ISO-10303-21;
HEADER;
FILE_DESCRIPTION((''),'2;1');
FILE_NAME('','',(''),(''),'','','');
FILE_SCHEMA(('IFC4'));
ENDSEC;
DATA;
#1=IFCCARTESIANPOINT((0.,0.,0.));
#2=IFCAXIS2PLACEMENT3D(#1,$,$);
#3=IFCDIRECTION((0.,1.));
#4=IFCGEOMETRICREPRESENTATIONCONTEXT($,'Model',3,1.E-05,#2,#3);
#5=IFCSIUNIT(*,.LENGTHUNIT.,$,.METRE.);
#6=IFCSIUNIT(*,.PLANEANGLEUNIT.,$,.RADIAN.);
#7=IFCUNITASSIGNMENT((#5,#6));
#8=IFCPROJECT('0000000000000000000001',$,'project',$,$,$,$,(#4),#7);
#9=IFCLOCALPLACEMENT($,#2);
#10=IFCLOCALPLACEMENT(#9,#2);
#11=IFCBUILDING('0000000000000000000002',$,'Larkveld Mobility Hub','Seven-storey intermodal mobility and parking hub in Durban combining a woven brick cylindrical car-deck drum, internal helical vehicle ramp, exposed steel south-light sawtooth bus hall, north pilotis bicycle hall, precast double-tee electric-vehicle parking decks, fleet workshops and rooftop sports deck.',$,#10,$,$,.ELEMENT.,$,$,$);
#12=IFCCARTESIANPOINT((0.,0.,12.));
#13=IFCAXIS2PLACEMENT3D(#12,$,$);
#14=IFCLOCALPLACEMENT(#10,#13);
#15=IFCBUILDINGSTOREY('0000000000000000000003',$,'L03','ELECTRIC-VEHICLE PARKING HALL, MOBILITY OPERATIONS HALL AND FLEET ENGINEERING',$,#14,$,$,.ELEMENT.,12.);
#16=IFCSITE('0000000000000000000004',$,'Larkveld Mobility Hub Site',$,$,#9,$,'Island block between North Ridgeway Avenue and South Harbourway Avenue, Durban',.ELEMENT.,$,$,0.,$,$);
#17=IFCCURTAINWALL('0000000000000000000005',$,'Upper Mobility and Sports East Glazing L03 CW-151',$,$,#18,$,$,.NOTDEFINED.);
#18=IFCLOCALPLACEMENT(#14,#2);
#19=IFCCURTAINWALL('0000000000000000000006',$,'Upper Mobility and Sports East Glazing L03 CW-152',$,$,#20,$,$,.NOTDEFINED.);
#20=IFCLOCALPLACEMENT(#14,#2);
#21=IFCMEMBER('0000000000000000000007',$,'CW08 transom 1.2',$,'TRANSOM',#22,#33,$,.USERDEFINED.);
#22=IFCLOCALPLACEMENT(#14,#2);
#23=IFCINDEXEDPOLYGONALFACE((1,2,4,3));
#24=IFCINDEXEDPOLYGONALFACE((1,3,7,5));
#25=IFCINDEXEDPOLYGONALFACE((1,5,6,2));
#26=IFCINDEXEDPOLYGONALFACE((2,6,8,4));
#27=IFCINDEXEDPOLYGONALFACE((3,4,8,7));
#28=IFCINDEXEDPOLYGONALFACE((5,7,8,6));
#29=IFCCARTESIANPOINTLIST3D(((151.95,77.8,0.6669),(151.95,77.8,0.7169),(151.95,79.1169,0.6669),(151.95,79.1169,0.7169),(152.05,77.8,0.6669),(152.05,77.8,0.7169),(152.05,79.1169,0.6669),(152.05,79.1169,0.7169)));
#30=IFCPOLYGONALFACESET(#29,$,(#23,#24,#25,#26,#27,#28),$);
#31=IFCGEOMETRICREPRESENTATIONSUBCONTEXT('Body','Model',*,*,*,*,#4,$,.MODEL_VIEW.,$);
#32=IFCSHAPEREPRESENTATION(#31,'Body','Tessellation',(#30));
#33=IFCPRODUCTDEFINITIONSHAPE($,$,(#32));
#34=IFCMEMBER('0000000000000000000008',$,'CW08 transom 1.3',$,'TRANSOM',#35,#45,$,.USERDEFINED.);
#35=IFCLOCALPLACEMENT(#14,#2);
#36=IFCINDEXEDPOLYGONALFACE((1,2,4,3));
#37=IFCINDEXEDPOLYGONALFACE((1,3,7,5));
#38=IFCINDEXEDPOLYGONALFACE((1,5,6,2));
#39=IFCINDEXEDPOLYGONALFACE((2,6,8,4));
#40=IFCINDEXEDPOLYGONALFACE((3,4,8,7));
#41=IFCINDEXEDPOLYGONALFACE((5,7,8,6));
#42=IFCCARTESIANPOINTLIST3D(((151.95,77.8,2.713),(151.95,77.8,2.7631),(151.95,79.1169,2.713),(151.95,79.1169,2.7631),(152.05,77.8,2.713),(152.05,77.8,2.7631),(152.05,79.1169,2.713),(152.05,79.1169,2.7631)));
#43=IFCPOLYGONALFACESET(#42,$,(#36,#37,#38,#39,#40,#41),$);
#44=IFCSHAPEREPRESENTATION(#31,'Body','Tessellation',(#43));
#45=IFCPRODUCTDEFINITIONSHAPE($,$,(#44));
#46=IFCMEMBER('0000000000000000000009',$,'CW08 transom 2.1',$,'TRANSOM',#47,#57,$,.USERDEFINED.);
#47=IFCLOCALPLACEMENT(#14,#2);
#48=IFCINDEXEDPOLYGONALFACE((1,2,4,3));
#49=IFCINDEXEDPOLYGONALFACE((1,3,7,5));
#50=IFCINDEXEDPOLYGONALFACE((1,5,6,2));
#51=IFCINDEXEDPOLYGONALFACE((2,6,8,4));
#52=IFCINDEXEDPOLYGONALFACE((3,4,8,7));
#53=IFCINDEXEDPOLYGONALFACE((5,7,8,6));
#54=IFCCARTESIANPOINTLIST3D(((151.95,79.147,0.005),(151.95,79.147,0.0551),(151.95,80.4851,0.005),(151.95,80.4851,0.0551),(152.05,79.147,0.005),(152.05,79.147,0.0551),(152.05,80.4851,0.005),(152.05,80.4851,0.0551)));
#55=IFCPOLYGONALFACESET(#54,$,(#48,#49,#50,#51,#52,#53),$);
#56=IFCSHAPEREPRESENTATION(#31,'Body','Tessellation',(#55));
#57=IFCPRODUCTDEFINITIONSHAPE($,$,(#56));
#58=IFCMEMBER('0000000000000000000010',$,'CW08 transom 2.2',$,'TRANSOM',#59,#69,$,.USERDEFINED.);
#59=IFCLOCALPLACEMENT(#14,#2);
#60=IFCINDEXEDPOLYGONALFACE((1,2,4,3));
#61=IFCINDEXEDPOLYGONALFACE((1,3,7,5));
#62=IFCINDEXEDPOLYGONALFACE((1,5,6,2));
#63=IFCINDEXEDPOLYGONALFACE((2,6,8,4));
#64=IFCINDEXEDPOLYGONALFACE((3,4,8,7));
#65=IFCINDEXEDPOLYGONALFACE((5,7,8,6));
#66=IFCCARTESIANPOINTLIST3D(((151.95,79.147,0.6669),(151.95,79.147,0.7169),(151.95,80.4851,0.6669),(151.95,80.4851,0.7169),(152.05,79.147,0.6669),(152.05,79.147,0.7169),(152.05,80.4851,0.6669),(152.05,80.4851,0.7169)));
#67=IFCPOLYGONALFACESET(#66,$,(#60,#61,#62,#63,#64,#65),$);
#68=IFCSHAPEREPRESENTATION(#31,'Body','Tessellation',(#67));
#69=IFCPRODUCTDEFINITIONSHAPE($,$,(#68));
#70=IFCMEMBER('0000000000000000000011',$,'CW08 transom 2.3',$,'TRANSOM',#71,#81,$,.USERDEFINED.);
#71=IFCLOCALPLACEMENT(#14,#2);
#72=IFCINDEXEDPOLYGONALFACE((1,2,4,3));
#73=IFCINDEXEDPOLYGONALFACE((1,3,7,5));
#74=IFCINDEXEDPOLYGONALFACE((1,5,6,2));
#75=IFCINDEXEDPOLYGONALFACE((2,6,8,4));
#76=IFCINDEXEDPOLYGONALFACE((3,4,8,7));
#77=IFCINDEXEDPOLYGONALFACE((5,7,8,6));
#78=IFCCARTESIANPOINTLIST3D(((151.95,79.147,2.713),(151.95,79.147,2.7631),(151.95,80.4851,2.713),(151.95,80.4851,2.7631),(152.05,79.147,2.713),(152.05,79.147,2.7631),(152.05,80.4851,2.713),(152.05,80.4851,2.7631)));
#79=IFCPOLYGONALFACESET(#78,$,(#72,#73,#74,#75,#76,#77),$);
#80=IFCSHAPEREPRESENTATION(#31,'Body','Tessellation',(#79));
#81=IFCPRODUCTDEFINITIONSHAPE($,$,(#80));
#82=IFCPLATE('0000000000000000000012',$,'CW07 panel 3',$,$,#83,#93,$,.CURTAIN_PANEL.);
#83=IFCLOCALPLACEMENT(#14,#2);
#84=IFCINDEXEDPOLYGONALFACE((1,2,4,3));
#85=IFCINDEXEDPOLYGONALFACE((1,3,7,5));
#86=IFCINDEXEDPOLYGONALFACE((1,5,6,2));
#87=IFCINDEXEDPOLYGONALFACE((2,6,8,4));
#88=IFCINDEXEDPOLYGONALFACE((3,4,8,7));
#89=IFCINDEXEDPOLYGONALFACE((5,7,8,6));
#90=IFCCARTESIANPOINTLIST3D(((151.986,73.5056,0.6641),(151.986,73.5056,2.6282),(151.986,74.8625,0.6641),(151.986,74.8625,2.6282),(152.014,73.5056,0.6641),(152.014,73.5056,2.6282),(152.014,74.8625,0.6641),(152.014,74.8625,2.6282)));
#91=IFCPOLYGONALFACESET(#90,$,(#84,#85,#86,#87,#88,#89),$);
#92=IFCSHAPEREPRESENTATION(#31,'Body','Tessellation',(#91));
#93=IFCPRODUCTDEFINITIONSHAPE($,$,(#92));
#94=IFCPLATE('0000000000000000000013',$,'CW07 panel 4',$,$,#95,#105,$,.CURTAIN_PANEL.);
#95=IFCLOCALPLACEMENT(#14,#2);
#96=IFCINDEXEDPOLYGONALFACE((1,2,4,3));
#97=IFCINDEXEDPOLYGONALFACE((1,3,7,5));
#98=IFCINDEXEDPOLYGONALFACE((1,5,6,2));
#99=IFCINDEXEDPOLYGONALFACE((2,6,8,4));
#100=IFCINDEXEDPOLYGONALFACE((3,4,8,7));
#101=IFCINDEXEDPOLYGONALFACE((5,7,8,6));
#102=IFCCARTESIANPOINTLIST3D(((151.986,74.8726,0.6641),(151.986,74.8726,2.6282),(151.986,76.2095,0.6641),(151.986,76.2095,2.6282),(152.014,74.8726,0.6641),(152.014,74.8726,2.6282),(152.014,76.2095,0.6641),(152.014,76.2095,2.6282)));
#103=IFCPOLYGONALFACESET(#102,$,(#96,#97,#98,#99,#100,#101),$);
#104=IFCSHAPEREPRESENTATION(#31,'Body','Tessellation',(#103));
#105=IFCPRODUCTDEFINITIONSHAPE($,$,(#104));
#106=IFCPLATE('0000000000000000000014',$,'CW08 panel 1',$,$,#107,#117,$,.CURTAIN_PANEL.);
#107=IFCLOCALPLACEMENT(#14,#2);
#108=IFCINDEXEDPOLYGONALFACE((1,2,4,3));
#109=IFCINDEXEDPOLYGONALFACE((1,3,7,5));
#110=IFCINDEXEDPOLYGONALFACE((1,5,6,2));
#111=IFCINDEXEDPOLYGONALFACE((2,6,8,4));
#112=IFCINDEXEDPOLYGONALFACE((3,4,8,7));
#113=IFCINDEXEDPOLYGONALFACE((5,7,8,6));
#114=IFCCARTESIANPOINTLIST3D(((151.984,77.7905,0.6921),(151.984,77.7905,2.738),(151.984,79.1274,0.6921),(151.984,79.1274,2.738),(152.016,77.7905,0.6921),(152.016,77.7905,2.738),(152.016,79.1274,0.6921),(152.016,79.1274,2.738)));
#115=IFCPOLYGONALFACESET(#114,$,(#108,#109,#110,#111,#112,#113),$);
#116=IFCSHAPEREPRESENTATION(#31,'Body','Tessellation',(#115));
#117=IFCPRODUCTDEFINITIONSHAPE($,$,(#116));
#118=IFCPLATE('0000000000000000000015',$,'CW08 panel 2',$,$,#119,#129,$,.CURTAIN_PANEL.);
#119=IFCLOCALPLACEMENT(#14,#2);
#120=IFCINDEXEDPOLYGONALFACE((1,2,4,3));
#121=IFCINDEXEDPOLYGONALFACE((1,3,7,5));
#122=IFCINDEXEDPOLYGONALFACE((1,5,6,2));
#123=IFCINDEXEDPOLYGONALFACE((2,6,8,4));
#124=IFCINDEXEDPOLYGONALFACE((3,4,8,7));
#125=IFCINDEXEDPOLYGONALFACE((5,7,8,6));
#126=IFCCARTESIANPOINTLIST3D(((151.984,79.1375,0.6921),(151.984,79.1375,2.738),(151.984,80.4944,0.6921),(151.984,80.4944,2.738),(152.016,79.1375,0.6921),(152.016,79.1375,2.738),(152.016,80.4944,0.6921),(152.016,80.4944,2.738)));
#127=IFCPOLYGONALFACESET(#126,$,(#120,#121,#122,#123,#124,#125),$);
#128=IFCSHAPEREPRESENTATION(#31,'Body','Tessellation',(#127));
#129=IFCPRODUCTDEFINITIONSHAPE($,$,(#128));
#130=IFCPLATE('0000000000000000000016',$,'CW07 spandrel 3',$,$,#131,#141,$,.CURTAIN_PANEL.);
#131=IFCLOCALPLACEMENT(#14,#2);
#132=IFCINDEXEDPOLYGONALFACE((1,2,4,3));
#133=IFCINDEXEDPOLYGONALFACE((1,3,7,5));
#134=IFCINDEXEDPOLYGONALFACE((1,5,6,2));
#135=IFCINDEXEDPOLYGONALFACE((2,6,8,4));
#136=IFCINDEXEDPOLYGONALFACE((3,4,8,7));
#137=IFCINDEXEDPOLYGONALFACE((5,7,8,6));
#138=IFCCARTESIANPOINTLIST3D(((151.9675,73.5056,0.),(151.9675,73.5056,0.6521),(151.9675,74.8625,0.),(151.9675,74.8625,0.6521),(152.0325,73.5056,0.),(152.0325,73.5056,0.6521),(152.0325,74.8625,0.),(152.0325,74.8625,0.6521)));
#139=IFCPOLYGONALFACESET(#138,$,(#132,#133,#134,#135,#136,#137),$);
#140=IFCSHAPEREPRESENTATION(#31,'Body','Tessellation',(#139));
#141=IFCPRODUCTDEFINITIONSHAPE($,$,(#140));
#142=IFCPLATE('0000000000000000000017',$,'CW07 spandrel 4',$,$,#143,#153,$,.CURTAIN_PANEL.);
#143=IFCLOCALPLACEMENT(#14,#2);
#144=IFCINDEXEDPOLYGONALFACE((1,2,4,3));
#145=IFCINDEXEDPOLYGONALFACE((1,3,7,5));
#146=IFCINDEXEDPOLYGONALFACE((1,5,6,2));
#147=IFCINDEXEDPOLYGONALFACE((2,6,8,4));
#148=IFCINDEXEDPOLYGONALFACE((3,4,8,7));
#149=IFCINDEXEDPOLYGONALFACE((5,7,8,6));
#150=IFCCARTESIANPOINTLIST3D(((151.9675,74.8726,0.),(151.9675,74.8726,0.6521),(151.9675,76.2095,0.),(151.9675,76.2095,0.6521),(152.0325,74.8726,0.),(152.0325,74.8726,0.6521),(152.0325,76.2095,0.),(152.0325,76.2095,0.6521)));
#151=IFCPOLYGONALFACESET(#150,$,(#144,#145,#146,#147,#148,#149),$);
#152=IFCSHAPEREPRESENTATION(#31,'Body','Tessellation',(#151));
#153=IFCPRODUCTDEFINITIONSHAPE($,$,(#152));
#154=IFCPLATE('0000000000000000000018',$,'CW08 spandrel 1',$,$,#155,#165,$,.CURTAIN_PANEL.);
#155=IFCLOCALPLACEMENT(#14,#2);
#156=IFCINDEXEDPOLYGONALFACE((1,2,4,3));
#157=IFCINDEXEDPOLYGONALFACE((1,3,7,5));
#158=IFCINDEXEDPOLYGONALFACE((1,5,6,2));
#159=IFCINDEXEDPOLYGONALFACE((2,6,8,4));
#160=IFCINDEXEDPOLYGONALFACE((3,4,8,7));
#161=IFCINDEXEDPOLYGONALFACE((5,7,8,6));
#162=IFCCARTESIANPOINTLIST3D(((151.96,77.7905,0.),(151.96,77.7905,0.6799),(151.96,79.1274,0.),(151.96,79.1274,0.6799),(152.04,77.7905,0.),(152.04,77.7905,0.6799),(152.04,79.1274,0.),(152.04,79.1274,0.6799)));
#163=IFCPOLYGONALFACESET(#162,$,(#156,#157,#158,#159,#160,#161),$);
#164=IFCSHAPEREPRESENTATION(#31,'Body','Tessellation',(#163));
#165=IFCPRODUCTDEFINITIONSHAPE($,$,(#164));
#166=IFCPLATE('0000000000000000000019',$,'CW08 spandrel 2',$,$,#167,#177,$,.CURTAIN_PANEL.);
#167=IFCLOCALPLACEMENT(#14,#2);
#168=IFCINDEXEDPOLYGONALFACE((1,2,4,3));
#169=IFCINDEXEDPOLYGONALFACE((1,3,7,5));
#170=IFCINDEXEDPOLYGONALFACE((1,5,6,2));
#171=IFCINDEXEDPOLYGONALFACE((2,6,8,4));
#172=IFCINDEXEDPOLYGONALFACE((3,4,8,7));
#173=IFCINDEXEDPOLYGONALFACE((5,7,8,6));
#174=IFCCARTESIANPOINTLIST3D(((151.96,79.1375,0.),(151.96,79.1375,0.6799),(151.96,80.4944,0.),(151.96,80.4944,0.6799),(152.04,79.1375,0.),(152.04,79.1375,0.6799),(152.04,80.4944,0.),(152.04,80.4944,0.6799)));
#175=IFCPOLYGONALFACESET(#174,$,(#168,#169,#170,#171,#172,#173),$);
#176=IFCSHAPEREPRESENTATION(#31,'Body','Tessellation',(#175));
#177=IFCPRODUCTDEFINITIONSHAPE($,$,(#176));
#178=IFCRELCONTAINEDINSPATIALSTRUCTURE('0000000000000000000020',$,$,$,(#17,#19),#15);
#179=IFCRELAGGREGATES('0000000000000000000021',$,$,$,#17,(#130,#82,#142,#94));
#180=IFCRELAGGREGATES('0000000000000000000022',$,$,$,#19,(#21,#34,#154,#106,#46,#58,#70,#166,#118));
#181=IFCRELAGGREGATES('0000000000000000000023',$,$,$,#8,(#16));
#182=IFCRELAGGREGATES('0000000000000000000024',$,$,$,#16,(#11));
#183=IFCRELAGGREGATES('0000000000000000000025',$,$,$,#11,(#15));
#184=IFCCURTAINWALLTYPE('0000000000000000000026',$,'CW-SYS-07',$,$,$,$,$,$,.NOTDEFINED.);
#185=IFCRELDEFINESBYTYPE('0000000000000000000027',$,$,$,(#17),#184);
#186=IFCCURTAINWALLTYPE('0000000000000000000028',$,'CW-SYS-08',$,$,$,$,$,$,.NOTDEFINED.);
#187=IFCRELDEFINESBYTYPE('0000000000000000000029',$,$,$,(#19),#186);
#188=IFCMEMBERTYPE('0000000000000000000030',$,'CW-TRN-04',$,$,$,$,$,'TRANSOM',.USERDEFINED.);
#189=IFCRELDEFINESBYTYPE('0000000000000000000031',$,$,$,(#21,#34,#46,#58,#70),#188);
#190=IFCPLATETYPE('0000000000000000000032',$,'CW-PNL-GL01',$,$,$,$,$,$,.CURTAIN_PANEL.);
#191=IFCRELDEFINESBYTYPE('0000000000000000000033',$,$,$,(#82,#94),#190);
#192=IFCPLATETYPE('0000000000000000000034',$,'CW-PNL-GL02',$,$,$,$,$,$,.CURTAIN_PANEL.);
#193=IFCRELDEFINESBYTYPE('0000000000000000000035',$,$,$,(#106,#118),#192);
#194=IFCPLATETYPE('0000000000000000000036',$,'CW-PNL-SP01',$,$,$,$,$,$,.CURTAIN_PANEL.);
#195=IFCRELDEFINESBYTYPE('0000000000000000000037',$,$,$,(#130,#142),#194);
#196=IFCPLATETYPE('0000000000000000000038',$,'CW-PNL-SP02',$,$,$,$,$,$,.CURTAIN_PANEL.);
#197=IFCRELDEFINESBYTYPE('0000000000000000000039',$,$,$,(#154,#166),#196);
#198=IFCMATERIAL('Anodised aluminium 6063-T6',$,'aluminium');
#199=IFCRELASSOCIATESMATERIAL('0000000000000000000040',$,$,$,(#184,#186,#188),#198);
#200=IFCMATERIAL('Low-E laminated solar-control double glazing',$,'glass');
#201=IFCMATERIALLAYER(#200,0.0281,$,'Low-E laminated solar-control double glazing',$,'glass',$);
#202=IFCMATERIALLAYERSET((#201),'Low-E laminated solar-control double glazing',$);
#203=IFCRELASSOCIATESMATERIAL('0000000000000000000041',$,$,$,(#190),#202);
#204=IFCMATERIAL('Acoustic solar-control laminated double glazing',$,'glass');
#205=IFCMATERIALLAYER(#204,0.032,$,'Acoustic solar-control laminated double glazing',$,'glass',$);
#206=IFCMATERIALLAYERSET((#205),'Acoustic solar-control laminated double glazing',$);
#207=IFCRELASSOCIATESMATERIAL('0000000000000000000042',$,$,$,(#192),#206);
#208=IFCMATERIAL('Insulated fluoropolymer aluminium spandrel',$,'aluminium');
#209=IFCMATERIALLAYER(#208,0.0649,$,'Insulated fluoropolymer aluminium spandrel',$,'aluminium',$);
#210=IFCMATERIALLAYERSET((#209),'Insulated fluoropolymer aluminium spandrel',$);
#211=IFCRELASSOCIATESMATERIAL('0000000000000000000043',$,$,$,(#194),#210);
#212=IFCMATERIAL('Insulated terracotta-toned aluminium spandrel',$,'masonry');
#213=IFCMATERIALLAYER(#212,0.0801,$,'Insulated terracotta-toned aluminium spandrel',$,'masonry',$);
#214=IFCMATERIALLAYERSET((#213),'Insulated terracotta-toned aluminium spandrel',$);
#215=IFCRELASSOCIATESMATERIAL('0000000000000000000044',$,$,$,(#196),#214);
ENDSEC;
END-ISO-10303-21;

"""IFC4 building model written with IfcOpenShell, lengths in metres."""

from ifc_helpers import new_model, si_unit, direction, frame, origin, origin_2d, place, context, subcontext, project, spatial, rectangle, extrude, material, layer, layer_set, material_profile, profile_set, type_object, element, aggregate, save


model = new_model("IFC4")

# Units and contexts
model_context = context("Model", 3, precision=1e-05, world=origin(), true_north=direction((0.0, 1.0)))
body_context = subcontext(model_context, "Body", "Model", "MODEL_VIEW")
ifc_project = project(units=[si_unit("LENGTHUNIT", "METRE"), si_unit("PLANEANGLEUNIT", "RADIAN")], contexts=[model_context])

# Site, building, storey
site_placement = place(None, origin())
site = spatial("IfcSite", under=ifc_project, at=site_placement, Name="Larkveld Mobility Hub Site", LongName="Island block between North Ridgeway Avenue and South Harbourway Avenue, Durban", CompositionType="ELEMENT", RefElevation=0.0)
building_placement = place(site_placement, origin())
building = spatial("IfcBuilding", under=site, at=building_placement, Name="Larkveld Mobility Hub", Description="Seven-storey intermodal mobility and parking hub in Durban combining a woven brick cylindrical car-deck drum, internal helical vehicle ramp, exposed steel south-light sawtooth bus hall, north pilotis bicycle hall, precast double-tee electric-vehicle parking decks, fleet workshops and rooftop sports deck.", CompositionType="ELEMENT")
storey_placement = place(building_placement, frame((0.0, 0.0, 12.0)))
storey = spatial("IfcBuildingStorey", under=building, at=storey_placement, Name="L03", Description="ELECTRIC-VEHICLE PARKING HALL, MOBILITY OPERATIONS HALL AND FLEET ENGINEERING", CompositionType="ELEMENT", Elevation=12.0)

# Curtain walls
ifc_material_1 = material(Name="Anodised aluminium 6063-T6", Category="aluminium")
curtain_wall_type_1 = type_object("IfcCurtainWallType", Name="CW-SYS-07", PredefinedType="NOTDEFINED", material=ifc_material_1)
curtain_wall_1_placement = place(storey_placement, origin())
curtain_wall_1 = element("IfcCurtainWall", 1, at=curtain_wall_1_placement, inside=storey, type_object=curtain_wall_type_1, Name="Upper Mobility and Sports East Glazing L03 CW-151", PredefinedType="NOTDEFINED")
curtain_wall_type_2 = type_object("IfcCurtainWallType", Name="CW-SYS-08", PredefinedType="NOTDEFINED", material=ifc_material_1)
curtain_wall_2_placement = place(storey_placement, origin())
curtain_wall_2 = element("IfcCurtainWall", 2, at=curtain_wall_2_placement, inside=storey, type_object=curtain_wall_type_2, Name="Upper Mobility and Sports East Glazing L03 CW-152", PredefinedType="NOTDEFINED")

# Members
ifc_material_profile_1 = material_profile(ifc_material_1, rectangle(XDim=0.1001, YDim=0.05, at=origin_2d()), Name="ALU TRAN 50x100")
ifc_profile_set_1 = profile_set([ifc_material_profile_1], Name="Anodised aluminium 6063-T6")
member_type_1 = type_object("IfcMemberType", Name="CW-TRN-04", ElementType="TRANSOM", PredefinedType="USERDEFINED", material=ifc_profile_set_1)
member_1_placement = place(storey_placement, frame((152.0, 77.8, 0.6919), z_axis=(0.0, 1.0, 0.0), x_axis=(-1.0, 0.0, 0.0)))
member_1 = element("IfcMember", 3, at=member_1_placement, type_object=member_type_1, Name="CW08 transom 1.2", ObjectType="TRANSOM", PredefinedType="USERDEFINED", context=body_context, shape_type="SweptSolid", body=[
    extrude(rectangle(XDim=0.1001, YDim=0.05, at=origin_2d()), origin(), (0.0, 0.0, 1.0), 1.3169),
])
member_2_placement = place(storey_placement, frame((152.0, 77.8, 2.738), z_axis=(0.0, 1.0, 0.0), x_axis=(-1.0, 0.0, 0.0)))
member_2 = element("IfcMember", 4, at=member_2_placement, type_object=member_type_1, Name="CW08 transom 1.3", ObjectType="TRANSOM", PredefinedType="USERDEFINED", context=body_context, shape_type="SweptSolid", body=[
    extrude(rectangle(XDim=0.1001, YDim=0.05, at=origin_2d()), origin(), (0.0, 0.0, 1.0), 1.3169),
])
member_3_placement = place(storey_placement, frame((152.0, 79.147, 0.03), z_axis=(0.0, 1.0, 0.0), x_axis=(-1.0, 0.0, 0.0)))
member_3 = element("IfcMember", 5, at=member_3_placement, type_object=member_type_1, Name="CW08 transom 2.1", ObjectType="TRANSOM", PredefinedType="USERDEFINED", context=body_context, shape_type="SweptSolid", body=[
    extrude(rectangle(XDim=0.1001, YDim=0.05, at=origin_2d()), origin(), (0.0, 0.0, 1.0), 1.3381),
])
member_4_placement = place(storey_placement, frame((152.0, 79.147, 0.6919), z_axis=(0.0, 1.0, 0.0), x_axis=(-1.0, 0.0, 0.0)))
member_4 = element("IfcMember", 6, at=member_4_placement, type_object=member_type_1, Name="CW08 transom 2.2", ObjectType="TRANSOM", PredefinedType="USERDEFINED", context=body_context, shape_type="SweptSolid", body=[
    extrude(rectangle(XDim=0.1001, YDim=0.05, at=origin_2d()), origin(), (0.0, 0.0, 1.0), 1.3381),
])
member_5_placement = place(storey_placement, frame((152.0, 79.147, 2.738), z_axis=(0.0, 1.0, 0.0), x_axis=(-1.0, 0.0, 0.0)))
member_5 = element("IfcMember", 7, at=member_5_placement, type_object=member_type_1, Name="CW08 transom 2.3", ObjectType="TRANSOM", PredefinedType="USERDEFINED", context=body_context, shape_type="SweptSolid", body=[
    extrude(rectangle(XDim=0.1001, YDim=0.05, at=origin_2d()), origin(), (0.0, 0.0, 1.0), 1.3381),
])

# Plates
ifc_material_2 = material(Name="Low-E laminated solar-control double glazing", Category="glass")
ifc_layer_1 = layer(ifc_material_2, 0.0281, Name="Low-E laminated solar-control double glazing", Category="glass")
ifc_layer_set_1 = layer_set([ifc_layer_1], Name="Low-E laminated solar-control double glazing")
plate_type_1 = type_object("IfcPlateType", Name="CW-PNL-GL01", PredefinedType="CURTAIN_PANEL", material=ifc_layer_set_1)
plate_1_placement = place(storey_placement, frame((152.0, 74.1841, 0.6641), z_axis=(0.0, 0.0, 1.0), x_axis=(0.0, 1.0, 0.0)))
plate_1 = element("IfcPlate", 8, at=plate_1_placement, type_object=plate_type_1, Name="CW07 panel 3", PredefinedType="CURTAIN_PANEL", context=body_context, shape_type="SweptSolid", body=[
    extrude(rectangle(XDim=1.3569, YDim=0.0281, at=origin_2d()), origin(), (0.0, 0.0, 1.0), 1.9641),
])
plate_2_placement = place(storey_placement, frame((152.0, 75.541, 0.6641), z_axis=(0.0, 0.0, 1.0), x_axis=(0.0, 1.0, 0.0)))
plate_2 = element("IfcPlate", 9, at=plate_2_placement, type_object=plate_type_1, Name="CW07 panel 4", PredefinedType="CURTAIN_PANEL", context=body_context, shape_type="SweptSolid", body=[
    extrude(rectangle(XDim=1.3369, YDim=0.0281, at=origin_2d()), origin(), (0.0, 0.0, 1.0), 1.9641),
])
ifc_material_3 = material(Name="Acoustic solar-control laminated double glazing", Category="glass")
ifc_layer_2 = layer(ifc_material_3, 0.032, Name="Acoustic solar-control laminated double glazing", Category="glass")
ifc_layer_set_2 = layer_set([ifc_layer_2], Name="Acoustic solar-control laminated double glazing")
plate_type_2 = type_object("IfcPlateType", Name="CW-PNL-GL02", PredefinedType="CURTAIN_PANEL", material=ifc_layer_set_2)
plate_3_placement = place(storey_placement, frame((152.0, 78.459, 0.6921), z_axis=(0.0, 0.0, 1.0), x_axis=(0.0, 1.0, 0.0)))
plate_3 = element("IfcPlate", 10, at=plate_3_placement, type_object=plate_type_2, Name="CW08 panel 1", PredefinedType="CURTAIN_PANEL", context=body_context, shape_type="SweptSolid", body=[
    extrude(rectangle(XDim=1.3369, YDim=0.032, at=origin_2d()), origin(), (0.0, 0.0, 1.0), 2.0459),
])
plate_4_placement = place(storey_placement, frame((152.0, 79.8159, 0.6921), z_axis=(0.0, 0.0, 1.0), x_axis=(0.0, 1.0, 0.0)))
plate_4 = element("IfcPlate", 11, at=plate_4_placement, type_object=plate_type_2, Name="CW08 panel 2", PredefinedType="CURTAIN_PANEL", context=body_context, shape_type="SweptSolid", body=[
    extrude(rectangle(XDim=1.3569, YDim=0.032, at=origin_2d()), origin(), (0.0, 0.0, 1.0), 2.0459),
])
ifc_material_4 = material(Name="Insulated fluoropolymer aluminium spandrel", Category="aluminium")
ifc_layer_3 = layer(ifc_material_4, 0.0649, Name="Insulated fluoropolymer aluminium spandrel", Category="aluminium")
ifc_layer_set_3 = layer_set([ifc_layer_3], Name="Insulated fluoropolymer aluminium spandrel")
plate_type_3 = type_object("IfcPlateType", Name="CW-PNL-SP01", PredefinedType="CURTAIN_PANEL", material=ifc_layer_set_3)
plate_5_placement = place(storey_placement, frame((152.0, 74.1841, 0.0), z_axis=(0.0, 0.0, 1.0), x_axis=(0.0, 1.0, 0.0)))
plate_5 = element("IfcPlate", 12, at=plate_5_placement, type_object=plate_type_3, Name="CW07 spandrel 3", PredefinedType="CURTAIN_PANEL", context=body_context, shape_type="SweptSolid", body=[
    extrude(rectangle(XDim=1.3569, YDim=0.0649, at=origin_2d()), origin(), (0.0, 0.0, 1.0), 0.6521),
])
plate_6_placement = place(storey_placement, frame((152.0, 75.541, 0.0), z_axis=(0.0, 0.0, 1.0), x_axis=(0.0, 1.0, 0.0)))
plate_6 = element("IfcPlate", 13, at=plate_6_placement, type_object=plate_type_3, Name="CW07 spandrel 4", PredefinedType="CURTAIN_PANEL", context=body_context, shape_type="SweptSolid", body=[
    extrude(rectangle(XDim=1.3369, YDim=0.0649, at=origin_2d()), origin(), (0.0, 0.0, 1.0), 0.6521),
])
aggregate(curtain_wall_1, [plate_5, plate_1, plate_6, plate_2])
ifc_material_5 = material(Name="Insulated terracotta-toned aluminium spandrel", Category="masonry")
ifc_layer_4 = layer(ifc_material_5, 0.0801, Name="Insulated terracotta-toned aluminium spandrel", Category="masonry")
ifc_layer_set_4 = layer_set([ifc_layer_4], Name="Insulated terracotta-toned aluminium spandrel")
plate_type_4 = type_object("IfcPlateType", Name="CW-PNL-SP02", PredefinedType="CURTAIN_PANEL", material=ifc_layer_set_4)
plate_7_placement = place(storey_placement, frame((152.0, 78.459, 0.0), z_axis=(0.0, 0.0, 1.0), x_axis=(0.0, 1.0, 0.0)))
plate_7 = element("IfcPlate", 14, at=plate_7_placement, type_object=plate_type_4, Name="CW08 spandrel 1", PredefinedType="CURTAIN_PANEL", context=body_context, shape_type="SweptSolid", body=[
    extrude(rectangle(XDim=1.3369, YDim=0.0801, at=origin_2d()), origin(), (0.0, 0.0, 1.0), 0.6799),
])
plate_8_placement = place(storey_placement, frame((152.0, 79.8159, 0.0), z_axis=(0.0, 0.0, 1.0), x_axis=(0.0, 1.0, 0.0)))
plate_8 = element("IfcPlate", 15, at=plate_8_placement, type_object=plate_type_4, Name="CW08 spandrel 2", PredefinedType="CURTAIN_PANEL", context=body_context, shape_type="SweptSolid", body=[
    extrude(rectangle(XDim=1.3569, YDim=0.0801, at=origin_2d()), origin(), (0.0, 0.0, 1.0), 0.6799),
])
aggregate(curtain_wall_2, [member_1, member_2, plate_7, plate_3, member_3, member_4, member_5, plate_8, plate_4])

save(model, "model.ifc")
